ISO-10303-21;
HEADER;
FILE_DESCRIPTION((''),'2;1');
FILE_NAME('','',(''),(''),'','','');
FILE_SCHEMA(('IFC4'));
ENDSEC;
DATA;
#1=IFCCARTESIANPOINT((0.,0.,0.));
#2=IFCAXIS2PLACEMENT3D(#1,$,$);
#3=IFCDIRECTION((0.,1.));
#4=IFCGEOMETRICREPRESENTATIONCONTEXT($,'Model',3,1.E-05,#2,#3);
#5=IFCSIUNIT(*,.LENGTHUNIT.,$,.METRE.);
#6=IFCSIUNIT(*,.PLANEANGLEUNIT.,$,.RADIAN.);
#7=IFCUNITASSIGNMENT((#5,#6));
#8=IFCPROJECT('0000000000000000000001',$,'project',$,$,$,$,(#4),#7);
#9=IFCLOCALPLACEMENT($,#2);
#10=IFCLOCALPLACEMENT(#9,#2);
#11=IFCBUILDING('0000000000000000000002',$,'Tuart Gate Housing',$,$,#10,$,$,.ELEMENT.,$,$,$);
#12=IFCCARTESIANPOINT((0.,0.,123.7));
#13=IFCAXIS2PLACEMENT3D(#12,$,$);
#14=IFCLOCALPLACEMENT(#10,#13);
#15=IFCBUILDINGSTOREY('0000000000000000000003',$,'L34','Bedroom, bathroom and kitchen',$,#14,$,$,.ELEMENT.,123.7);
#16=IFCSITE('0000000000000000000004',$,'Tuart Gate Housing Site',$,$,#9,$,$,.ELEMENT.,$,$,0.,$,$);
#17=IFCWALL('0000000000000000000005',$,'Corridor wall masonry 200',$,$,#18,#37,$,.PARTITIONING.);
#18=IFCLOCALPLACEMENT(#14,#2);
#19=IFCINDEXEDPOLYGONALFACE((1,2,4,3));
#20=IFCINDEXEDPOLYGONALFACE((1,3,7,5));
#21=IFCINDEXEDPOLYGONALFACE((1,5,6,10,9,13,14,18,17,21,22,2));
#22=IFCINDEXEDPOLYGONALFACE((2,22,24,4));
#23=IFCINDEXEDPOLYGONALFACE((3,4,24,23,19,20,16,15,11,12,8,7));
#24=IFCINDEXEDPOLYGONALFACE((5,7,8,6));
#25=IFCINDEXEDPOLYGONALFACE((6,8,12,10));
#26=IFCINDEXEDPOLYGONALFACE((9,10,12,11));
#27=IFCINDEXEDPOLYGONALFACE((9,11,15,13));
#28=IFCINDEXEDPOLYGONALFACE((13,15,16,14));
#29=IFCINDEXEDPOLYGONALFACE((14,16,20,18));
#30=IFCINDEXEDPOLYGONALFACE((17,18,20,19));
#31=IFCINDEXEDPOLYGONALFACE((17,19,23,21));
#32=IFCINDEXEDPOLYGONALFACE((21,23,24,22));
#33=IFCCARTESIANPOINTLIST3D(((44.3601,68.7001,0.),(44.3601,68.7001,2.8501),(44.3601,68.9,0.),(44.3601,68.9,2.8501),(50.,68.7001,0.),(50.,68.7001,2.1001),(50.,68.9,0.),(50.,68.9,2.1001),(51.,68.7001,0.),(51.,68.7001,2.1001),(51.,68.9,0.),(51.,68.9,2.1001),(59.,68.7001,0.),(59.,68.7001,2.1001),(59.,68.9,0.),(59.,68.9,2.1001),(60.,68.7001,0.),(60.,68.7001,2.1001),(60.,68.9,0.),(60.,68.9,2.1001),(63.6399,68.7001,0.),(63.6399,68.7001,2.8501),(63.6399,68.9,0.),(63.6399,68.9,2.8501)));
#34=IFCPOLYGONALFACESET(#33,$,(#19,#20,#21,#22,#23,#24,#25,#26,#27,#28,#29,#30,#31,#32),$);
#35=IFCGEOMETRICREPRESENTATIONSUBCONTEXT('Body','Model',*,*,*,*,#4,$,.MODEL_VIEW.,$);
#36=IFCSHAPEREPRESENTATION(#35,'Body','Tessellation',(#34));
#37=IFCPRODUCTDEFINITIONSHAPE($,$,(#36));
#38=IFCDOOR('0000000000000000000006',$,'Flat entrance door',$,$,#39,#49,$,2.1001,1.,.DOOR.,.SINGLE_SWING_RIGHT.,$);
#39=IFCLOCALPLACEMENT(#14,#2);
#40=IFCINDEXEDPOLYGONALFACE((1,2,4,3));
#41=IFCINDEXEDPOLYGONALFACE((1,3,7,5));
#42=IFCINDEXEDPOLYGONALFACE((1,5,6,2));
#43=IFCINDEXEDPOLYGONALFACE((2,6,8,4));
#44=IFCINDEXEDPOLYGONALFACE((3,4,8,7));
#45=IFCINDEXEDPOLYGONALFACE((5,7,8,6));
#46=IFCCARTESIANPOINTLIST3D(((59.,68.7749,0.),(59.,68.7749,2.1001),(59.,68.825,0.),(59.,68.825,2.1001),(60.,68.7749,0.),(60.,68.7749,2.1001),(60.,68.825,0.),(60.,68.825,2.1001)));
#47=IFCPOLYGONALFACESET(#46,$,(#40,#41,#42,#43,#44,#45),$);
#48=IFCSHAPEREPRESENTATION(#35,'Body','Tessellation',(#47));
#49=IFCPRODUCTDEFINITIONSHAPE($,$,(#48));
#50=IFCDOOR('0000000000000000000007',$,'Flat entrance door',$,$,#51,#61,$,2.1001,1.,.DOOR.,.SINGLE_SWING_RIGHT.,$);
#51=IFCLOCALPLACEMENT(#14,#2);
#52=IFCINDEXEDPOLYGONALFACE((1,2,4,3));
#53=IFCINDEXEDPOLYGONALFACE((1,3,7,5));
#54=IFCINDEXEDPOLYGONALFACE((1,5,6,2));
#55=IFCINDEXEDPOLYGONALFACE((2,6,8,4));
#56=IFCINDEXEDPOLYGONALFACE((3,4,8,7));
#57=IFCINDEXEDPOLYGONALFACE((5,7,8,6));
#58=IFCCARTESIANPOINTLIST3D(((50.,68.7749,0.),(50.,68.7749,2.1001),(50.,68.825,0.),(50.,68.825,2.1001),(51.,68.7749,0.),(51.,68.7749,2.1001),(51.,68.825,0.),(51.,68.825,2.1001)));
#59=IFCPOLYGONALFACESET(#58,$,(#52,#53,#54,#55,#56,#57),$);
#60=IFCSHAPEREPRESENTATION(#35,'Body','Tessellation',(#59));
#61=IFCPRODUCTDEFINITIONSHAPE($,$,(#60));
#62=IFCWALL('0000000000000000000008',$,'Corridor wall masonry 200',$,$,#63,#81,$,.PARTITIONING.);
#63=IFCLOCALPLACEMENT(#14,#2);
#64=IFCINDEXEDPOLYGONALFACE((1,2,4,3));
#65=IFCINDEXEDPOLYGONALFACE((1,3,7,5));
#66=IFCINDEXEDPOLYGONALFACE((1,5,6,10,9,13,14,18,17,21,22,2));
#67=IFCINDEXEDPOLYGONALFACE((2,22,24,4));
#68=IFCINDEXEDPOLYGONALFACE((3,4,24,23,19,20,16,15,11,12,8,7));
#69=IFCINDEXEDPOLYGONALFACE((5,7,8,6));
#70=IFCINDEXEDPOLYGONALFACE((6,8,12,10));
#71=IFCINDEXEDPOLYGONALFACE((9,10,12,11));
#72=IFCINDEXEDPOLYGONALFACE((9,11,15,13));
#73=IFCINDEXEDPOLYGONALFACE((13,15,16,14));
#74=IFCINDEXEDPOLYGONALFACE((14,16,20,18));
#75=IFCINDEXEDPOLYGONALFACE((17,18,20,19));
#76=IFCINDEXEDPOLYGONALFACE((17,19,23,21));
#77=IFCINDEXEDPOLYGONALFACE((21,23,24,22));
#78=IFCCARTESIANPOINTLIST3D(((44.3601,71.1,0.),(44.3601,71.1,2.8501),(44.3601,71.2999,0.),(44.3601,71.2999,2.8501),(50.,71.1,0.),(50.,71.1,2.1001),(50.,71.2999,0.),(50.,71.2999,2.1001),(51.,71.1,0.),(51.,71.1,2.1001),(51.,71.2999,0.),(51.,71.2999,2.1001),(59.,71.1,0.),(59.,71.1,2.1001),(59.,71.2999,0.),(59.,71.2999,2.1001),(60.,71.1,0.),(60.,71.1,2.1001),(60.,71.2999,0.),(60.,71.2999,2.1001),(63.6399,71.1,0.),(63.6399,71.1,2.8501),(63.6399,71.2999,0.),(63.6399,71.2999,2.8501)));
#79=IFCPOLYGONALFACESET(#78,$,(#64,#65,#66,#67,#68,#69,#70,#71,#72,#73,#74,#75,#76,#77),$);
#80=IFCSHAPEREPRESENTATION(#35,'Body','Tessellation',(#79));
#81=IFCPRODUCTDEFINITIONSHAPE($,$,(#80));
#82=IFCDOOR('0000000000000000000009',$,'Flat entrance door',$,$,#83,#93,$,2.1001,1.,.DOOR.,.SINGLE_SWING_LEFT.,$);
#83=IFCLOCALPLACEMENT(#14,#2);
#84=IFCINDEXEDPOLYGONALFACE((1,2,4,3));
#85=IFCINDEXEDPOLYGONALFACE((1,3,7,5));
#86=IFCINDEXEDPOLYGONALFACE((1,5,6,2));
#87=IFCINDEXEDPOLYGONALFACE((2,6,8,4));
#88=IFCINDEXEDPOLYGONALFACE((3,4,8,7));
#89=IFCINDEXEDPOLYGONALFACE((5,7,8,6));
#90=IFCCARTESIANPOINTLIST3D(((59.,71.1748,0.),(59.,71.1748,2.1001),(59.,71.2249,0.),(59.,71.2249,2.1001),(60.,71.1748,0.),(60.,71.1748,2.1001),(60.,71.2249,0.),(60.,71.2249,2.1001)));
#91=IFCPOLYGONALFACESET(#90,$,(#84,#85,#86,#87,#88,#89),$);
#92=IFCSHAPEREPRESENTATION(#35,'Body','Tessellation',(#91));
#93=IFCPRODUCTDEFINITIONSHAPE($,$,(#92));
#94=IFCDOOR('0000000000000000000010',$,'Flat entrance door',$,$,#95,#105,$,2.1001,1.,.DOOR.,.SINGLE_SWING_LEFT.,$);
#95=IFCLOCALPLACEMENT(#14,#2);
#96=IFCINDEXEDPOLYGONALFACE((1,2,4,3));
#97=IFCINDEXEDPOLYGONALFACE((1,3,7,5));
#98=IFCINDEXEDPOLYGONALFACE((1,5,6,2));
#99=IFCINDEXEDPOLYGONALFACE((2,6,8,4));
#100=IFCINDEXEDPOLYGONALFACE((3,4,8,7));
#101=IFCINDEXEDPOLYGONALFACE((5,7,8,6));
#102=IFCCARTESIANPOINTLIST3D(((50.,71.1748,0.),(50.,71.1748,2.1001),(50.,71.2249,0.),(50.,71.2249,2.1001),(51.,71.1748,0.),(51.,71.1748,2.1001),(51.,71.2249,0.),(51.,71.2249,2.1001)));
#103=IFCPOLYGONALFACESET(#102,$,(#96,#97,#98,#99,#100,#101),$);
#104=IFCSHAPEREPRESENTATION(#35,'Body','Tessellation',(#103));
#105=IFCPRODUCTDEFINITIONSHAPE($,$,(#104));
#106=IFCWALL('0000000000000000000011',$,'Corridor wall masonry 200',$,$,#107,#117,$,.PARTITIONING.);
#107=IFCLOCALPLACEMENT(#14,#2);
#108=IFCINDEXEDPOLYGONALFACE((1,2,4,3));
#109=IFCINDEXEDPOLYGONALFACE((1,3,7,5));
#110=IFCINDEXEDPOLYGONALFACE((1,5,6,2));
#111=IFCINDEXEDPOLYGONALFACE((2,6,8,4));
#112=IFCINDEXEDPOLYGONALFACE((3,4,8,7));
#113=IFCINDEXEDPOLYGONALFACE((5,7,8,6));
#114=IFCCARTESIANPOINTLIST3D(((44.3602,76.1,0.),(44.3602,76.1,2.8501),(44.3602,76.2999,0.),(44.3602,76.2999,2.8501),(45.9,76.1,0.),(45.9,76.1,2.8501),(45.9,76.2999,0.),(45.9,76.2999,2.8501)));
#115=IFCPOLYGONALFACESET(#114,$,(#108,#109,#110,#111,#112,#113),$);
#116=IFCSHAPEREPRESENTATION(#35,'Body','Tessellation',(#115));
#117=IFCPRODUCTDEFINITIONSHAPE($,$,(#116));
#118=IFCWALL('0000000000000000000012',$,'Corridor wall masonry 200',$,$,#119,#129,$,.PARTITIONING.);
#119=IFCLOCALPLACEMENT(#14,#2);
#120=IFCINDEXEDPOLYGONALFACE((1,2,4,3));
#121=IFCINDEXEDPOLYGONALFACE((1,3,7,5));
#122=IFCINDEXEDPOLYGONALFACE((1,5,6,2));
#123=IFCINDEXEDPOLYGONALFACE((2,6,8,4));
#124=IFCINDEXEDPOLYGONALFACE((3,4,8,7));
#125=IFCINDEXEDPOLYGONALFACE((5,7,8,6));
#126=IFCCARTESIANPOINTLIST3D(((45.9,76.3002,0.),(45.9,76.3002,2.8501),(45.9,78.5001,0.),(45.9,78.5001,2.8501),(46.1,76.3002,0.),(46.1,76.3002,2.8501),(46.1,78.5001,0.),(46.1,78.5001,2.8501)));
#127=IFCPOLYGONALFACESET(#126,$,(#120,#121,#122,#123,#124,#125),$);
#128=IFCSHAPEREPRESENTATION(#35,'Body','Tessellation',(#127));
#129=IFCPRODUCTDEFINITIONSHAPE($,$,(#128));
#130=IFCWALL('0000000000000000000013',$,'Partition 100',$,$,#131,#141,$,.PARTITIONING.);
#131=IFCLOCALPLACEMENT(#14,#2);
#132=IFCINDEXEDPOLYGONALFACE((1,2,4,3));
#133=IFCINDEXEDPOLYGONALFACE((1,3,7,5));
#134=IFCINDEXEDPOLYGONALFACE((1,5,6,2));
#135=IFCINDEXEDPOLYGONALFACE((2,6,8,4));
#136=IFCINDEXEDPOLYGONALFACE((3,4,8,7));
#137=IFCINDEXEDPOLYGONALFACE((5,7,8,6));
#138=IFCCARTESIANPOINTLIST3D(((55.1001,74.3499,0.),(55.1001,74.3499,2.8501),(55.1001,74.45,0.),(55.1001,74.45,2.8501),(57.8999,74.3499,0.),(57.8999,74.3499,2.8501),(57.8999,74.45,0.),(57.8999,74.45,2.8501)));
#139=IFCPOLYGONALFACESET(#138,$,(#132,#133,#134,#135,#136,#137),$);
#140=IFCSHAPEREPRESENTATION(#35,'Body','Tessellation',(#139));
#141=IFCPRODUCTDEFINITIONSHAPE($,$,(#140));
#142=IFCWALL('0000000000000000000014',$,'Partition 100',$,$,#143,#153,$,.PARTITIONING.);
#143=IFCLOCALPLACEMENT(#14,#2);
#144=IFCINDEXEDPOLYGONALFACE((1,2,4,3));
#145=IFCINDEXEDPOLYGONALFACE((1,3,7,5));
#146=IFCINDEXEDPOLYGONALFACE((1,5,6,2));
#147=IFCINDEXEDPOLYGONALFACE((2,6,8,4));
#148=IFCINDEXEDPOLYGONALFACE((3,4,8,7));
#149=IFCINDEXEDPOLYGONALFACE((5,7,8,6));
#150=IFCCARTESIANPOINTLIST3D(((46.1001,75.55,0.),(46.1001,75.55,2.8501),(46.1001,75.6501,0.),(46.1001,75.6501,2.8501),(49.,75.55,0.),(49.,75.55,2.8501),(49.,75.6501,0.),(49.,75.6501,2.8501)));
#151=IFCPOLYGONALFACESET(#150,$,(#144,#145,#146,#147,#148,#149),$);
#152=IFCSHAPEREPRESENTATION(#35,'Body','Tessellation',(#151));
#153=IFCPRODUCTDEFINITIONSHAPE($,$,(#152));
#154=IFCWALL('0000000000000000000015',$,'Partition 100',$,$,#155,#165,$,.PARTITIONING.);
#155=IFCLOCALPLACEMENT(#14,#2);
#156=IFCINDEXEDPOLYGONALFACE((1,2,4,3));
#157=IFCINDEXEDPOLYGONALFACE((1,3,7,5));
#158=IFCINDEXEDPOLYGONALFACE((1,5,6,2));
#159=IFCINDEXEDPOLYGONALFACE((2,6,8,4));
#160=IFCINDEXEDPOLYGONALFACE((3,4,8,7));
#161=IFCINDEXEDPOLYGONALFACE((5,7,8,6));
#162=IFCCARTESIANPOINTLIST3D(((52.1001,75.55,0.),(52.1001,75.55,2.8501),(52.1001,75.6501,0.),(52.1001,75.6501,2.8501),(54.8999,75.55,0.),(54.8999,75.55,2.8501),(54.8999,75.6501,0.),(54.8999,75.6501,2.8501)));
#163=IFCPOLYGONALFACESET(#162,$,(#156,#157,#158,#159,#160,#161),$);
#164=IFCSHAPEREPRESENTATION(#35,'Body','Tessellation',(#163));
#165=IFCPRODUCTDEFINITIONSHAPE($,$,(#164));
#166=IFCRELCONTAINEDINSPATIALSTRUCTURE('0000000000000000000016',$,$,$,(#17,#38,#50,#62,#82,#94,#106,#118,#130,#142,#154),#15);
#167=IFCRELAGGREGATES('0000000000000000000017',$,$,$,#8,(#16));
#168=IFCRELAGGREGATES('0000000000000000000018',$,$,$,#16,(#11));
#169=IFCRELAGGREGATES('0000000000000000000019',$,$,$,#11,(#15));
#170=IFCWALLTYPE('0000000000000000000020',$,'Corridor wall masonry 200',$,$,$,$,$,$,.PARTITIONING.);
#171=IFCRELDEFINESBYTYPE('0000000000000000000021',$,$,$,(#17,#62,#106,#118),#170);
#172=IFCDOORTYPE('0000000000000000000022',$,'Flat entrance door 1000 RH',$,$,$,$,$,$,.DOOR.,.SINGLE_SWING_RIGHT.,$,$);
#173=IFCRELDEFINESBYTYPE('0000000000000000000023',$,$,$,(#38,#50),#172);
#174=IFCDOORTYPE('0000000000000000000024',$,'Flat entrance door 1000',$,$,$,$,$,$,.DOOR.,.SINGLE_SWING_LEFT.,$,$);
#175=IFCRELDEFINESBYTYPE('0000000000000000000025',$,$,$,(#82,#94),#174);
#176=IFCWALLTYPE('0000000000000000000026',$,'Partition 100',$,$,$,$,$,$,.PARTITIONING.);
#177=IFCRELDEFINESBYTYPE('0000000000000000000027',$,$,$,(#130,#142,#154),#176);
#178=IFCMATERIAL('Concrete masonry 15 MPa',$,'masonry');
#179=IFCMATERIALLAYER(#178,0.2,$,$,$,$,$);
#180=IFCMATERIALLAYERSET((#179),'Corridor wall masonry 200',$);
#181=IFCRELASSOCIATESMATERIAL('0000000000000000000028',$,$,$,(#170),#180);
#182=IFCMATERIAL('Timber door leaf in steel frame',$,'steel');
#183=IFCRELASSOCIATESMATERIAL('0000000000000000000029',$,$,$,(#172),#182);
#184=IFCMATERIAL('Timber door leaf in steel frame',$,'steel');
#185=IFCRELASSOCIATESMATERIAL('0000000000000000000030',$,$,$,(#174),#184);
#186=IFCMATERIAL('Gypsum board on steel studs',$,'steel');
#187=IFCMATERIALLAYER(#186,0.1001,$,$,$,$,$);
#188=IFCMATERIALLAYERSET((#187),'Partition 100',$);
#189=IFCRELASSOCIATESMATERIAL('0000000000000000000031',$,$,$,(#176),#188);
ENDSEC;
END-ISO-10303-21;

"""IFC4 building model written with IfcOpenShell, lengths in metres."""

from ifc_helpers import new_model, si_unit, direction, frame, frame_2d, origin, place, context, subcontext, project, spatial, rectangle, extrude, material, layer, layer_set, type_object, element, fill, save


model = new_model("IFC4")

# Units and contexts
model_context = context("Model", 3, precision=1e-05, world=origin(), true_north=direction((0.0, 1.0)))
body_context = subcontext(model_context, "Body", "Model", "MODEL_VIEW")
ifc_project = project(units=[si_unit("LENGTHUNIT", "METRE"), si_unit("PLANEANGLEUNIT", "RADIAN")], contexts=[model_context])

# Site, building, storey
site_placement = place(None, origin())
site = spatial("IfcSite", under=ifc_project, at=site_placement, Name="Tuart Gate Housing Site", CompositionType="ELEMENT", RefElevation=0.0)
building_placement = place(site_placement, origin())
building = spatial("IfcBuilding", under=site, at=building_placement, Name="Tuart Gate Housing", CompositionType="ELEMENT")
storey_placement = place(building_placement, frame((0.0, 0.0, 123.7)))
storey = spatial("IfcBuildingStorey", under=building, at=storey_placement, Name="L34", Description="Bedroom, bathroom and kitchen", CompositionType="ELEMENT", Elevation=123.7)

# Walls, openings, doors
ifc_material_1 = material(Name="Concrete masonry 15 MPa", Category="masonry")
ifc_layer_1 = layer(ifc_material_1, 0.2)
ifc_layer_set_1 = layer_set([ifc_layer_1], Name="Corridor wall masonry 200")
wall_type_1 = type_object("IfcWallType", Name="Corridor wall masonry 200", PredefinedType="PARTITIONING", material=ifc_layer_set_1)
wall_1_placement = place(storey_placement, frame((44.3601, 68.8, 0.0), z_axis=(0.0, 0.0, 1.0), x_axis=(1.0, 0.0, 0.0)))
wall_1 = element("IfcWall", 1, at=wall_1_placement, inside=storey, type_object=wall_type_1, Name="Corridor wall masonry 200", PredefinedType="PARTITIONING", context=body_context, shape_type="SweptSolid", body=[
    extrude(rectangle(XDim=19.2798, YDim=0.2, at=frame_2d((9.6399, 0.0))), origin(), (0.0, 0.0, 1.0), 2.8501),
])
opening_1_placement = place(wall_1_placement, frame((14.6399, 0.0, 0.0)))
opening_1 = element("IfcOpeningElement", 2, at=opening_1_placement, cuts=wall_1, PredefinedType="OPENING", context=body_context, shape_type="SweptSolid", body=[
    extrude(rectangle(XDim=1.0, YDim=2.1001, at=frame_2d((0.5, 1.05))), frame((0.0, 0.1099, 0.0), z_axis=(0.0, -1.0, 0.0), x_axis=(1.0, 0.0, 0.0)), (0.0, 0.0, 1.0), 0.22),
])
opening_2_placement = place(wall_1_placement, frame((5.6399, 0.0, 0.0)))
opening_2 = element("IfcOpeningElement", 3, at=opening_2_placement, cuts=wall_1, PredefinedType="OPENING", context=body_context, shape_type="SweptSolid", body=[
    extrude(rectangle(XDim=1.0, YDim=2.1001, at=frame_2d((0.5, 1.05))), frame((0.0, 0.1099, 0.0), z_axis=(0.0, -1.0, 0.0), x_axis=(1.0, 0.0, 0.0)), (0.0, 0.0, 1.0), 0.22),
])
ifc_material_2 = material(Name="Timber door leaf in steel frame", Category="steel")
door_type_1 = type_object("IfcDoorType", Name="Flat entrance door 1000 RH", OperationType="SINGLE_SWING_RIGHT", PredefinedType="DOOR", material=ifc_material_2)
door_1_placement = place(opening_1_placement, frame((1.0, 0.0, 0.0), z_axis=(0.0, 0.0, 1.0), x_axis=(-1.0, 0.0, 0.0)))
door_1 = element("IfcDoor", 4, at=door_1_placement, inside=storey, type_object=door_type_1, Name="Flat entrance door", OperationType="SINGLE_SWING_RIGHT", OverallHeight=2.1001, OverallWidth=1.0, PredefinedType="DOOR", context=body_context, shape_type="SweptSolid", body=[
    extrude(rectangle(XDim=1.0, YDim=2.1001, at=frame_2d((0.5, 1.05))), frame((0.0, 0.0251, 0.0), z_axis=(0.0, -1.0, 0.0), x_axis=(1.0, 0.0, 0.0)), (0.0, 0.0, 1.0), 0.05),
])
fill(opening_1, door_1)
door_2_placement = place(opening_2_placement, frame((1.0, 0.0, 0.0), z_axis=(0.0, 0.0, 1.0), x_axis=(-1.0, 0.0, 0.0)))
door_2 = element("IfcDoor", 5, at=door_2_placement, inside=storey, type_object=door_type_1, Name="Flat entrance door", OperationType="SINGLE_SWING_RIGHT", OverallHeight=2.1001, OverallWidth=1.0, PredefinedType="DOOR", context=body_context, shape_type="SweptSolid", body=[
    extrude(rectangle(XDim=1.0, YDim=2.1001, at=frame_2d((0.5, 1.05))), frame((0.0, 0.0251, 0.0), z_axis=(0.0, -1.0, 0.0), x_axis=(1.0, 0.0, 0.0)), (0.0, 0.0, 1.0), 0.05),
])
fill(opening_2, door_2)
wall_2_placement = place(storey_placement, frame((44.3601, 71.2, 0.0), z_axis=(0.0, 0.0, 1.0), x_axis=(1.0, 0.0, 0.0)))
wall_2 = element("IfcWall", 6, at=wall_2_placement, inside=storey, type_object=wall_type_1, Name="Corridor wall masonry 200", PredefinedType="PARTITIONING", context=body_context, shape_type="SweptSolid", body=[
    extrude(rectangle(XDim=19.2798, YDim=0.2, at=frame_2d((9.6399, 0.0))), origin(), (0.0, 0.0, 1.0), 2.8501),
])
opening_3_placement = place(wall_2_placement, frame((14.6399, 0.0, 0.0)))
opening_3 = element("IfcOpeningElement", 7, at=opening_3_placement, cuts=wall_2, PredefinedType="OPENING", context=body_context, shape_type="SweptSolid", body=[
    extrude(rectangle(XDim=1.0, YDim=2.1001, at=frame_2d((0.5, 1.05))), frame((0.0, 0.1099, 0.0), z_axis=(0.0, -1.0, 0.0), x_axis=(1.0, 0.0, 0.0)), (0.0, 0.0, 1.0), 0.22),
])
opening_4_placement = place(wall_2_placement, frame((5.6399, 0.0, 0.0)))
opening_4 = element("IfcOpeningElement", 8, at=opening_4_placement, cuts=wall_2, PredefinedType="OPENING", context=body_context, shape_type="SweptSolid", body=[
    extrude(rectangle(XDim=1.0, YDim=2.1001, at=frame_2d((0.5, 1.05))), frame((0.0, 0.1099, 0.0), z_axis=(0.0, -1.0, 0.0), x_axis=(1.0, 0.0, 0.0)), (0.0, 0.0, 1.0), 0.22),
])
ifc_material_3 = material(Name="Timber door leaf in steel frame", Category="steel")
door_type_2 = type_object("IfcDoorType", Name="Flat entrance door 1000", OperationType="SINGLE_SWING_LEFT", PredefinedType="DOOR", material=ifc_material_3)
door_3_placement = place(opening_3_placement, origin())
door_3 = element("IfcDoor", 9, at=door_3_placement, inside=storey, type_object=door_type_2, Name="Flat entrance door", OperationType="SINGLE_SWING_LEFT", OverallHeight=2.1001, OverallWidth=1.0, PredefinedType="DOOR", context=body_context, shape_type="SweptSolid", body=[
    extrude(rectangle(XDim=1.0, YDim=2.1001, at=frame_2d((0.5, 1.05))), frame((0.0, 0.0249, 0.0), z_axis=(0.0, -1.0, 0.0), x_axis=(1.0, 0.0, 0.0)), (0.0, 0.0, 1.0), 0.05),
])
fill(opening_3, door_3)
door_4_placement = place(opening_4_placement, origin())
door_4 = element("IfcDoor", 10, at=door_4_placement, inside=storey, type_object=door_type_2, Name="Flat entrance door", OperationType="SINGLE_SWING_LEFT", OverallHeight=2.1001, OverallWidth=1.0, PredefinedType="DOOR", context=body_context, shape_type="SweptSolid", body=[
    extrude(rectangle(XDim=1.0, YDim=2.1001, at=frame_2d((0.5, 1.05))), frame((0.0, 0.0249, 0.0), z_axis=(0.0, -1.0, 0.0), x_axis=(1.0, 0.0, 0.0)), (0.0, 0.0, 1.0), 0.05),
])
fill(opening_4, door_4)

# Walls
wall_3_placement = place(storey_placement, frame((44.3601, 76.2, 0.0), z_axis=(0.0, 0.0, 1.0), x_axis=(1.0, 0.0, 0.0)))
element("IfcWall", 11, at=wall_3_placement, inside=storey, type_object=wall_type_1, Name="Corridor wall masonry 200", PredefinedType="PARTITIONING", context=body_context, shape_type="SweptSolid", body=[
    extrude(rectangle(XDim=1.5398, YDim=0.2, at=frame_2d((0.77, 0.0))), origin(), (0.0, 0.0, 1.0), 2.8501),
])
wall_4_placement = place(storey_placement, frame((46.0, 76.3, 0.0), z_axis=(0.0, 0.0, 1.0), x_axis=(0.0, 1.0, 0.0)))
element("IfcWall", 12, at=wall_4_placement, inside=storey, type_object=wall_type_1, Name="Corridor wall masonry 200", PredefinedType="PARTITIONING", context=body_context, shape_type="SweptSolid", body=[
    extrude(rectangle(XDim=2.2, YDim=0.2, at=frame_2d((1.1001, 0.0))), origin(), (0.0, 0.0, 1.0), 2.8501),
])
ifc_material_4 = material(Name="Gypsum board on steel studs", Category="steel")
ifc_layer_2 = layer(ifc_material_4, 0.1001)
ifc_layer_set_2 = layer_set([ifc_layer_2], Name="Partition 100")
wall_type_2 = type_object("IfcWallType", Name="Partition 100", PredefinedType="PARTITIONING", material=ifc_layer_set_2)
wall_5_placement = place(storey_placement, frame((55.1001, 74.3999, 0.0), z_axis=(0.0, 0.0, 1.0), x_axis=(1.0, 0.0, 0.0)))
element("IfcWall", 13, at=wall_5_placement, inside=storey, type_object=wall_type_2, Name="Partition 100", PredefinedType="PARTITIONING", context=body_context, shape_type="SweptSolid", body=[
    extrude(rectangle(XDim=2.7998, YDim=0.1001, at=frame_2d((1.3999, 0.0))), origin(), (0.0, 0.0, 1.0), 2.8501),
])
wall_6_placement = place(storey_placement, frame((46.1001, 75.6001, 0.0), z_axis=(0.0, 0.0, 1.0), x_axis=(1.0, 0.0, 0.0)))
element("IfcWall", 14, at=wall_6_placement, inside=storey, type_object=wall_type_2, Name="Partition 100", PredefinedType="PARTITIONING", context=body_context, shape_type="SweptSolid", body=[
    extrude(rectangle(XDim=2.8999, YDim=0.1001, at=frame_2d((1.45, 0.0))), origin(), (0.0, 0.0, 1.0), 2.8501),
])
wall_7_placement = place(storey_placement, frame((52.1001, 75.6001, 0.0), z_axis=(0.0, 0.0, 1.0), x_axis=(1.0, 0.0, 0.0)))
element("IfcWall", 15, at=wall_7_placement, inside=storey, type_object=wall_type_2, Name="Partition 100", PredefinedType="PARTITIONING", context=body_context, shape_type="SweptSolid", body=[
    extrude(rectangle(XDim=2.7998, YDim=0.1001, at=frame_2d((1.3999, 0.0))), origin(), (0.0, 0.0, 1.0), 2.8501),
])

save(model, "model.ifc")
